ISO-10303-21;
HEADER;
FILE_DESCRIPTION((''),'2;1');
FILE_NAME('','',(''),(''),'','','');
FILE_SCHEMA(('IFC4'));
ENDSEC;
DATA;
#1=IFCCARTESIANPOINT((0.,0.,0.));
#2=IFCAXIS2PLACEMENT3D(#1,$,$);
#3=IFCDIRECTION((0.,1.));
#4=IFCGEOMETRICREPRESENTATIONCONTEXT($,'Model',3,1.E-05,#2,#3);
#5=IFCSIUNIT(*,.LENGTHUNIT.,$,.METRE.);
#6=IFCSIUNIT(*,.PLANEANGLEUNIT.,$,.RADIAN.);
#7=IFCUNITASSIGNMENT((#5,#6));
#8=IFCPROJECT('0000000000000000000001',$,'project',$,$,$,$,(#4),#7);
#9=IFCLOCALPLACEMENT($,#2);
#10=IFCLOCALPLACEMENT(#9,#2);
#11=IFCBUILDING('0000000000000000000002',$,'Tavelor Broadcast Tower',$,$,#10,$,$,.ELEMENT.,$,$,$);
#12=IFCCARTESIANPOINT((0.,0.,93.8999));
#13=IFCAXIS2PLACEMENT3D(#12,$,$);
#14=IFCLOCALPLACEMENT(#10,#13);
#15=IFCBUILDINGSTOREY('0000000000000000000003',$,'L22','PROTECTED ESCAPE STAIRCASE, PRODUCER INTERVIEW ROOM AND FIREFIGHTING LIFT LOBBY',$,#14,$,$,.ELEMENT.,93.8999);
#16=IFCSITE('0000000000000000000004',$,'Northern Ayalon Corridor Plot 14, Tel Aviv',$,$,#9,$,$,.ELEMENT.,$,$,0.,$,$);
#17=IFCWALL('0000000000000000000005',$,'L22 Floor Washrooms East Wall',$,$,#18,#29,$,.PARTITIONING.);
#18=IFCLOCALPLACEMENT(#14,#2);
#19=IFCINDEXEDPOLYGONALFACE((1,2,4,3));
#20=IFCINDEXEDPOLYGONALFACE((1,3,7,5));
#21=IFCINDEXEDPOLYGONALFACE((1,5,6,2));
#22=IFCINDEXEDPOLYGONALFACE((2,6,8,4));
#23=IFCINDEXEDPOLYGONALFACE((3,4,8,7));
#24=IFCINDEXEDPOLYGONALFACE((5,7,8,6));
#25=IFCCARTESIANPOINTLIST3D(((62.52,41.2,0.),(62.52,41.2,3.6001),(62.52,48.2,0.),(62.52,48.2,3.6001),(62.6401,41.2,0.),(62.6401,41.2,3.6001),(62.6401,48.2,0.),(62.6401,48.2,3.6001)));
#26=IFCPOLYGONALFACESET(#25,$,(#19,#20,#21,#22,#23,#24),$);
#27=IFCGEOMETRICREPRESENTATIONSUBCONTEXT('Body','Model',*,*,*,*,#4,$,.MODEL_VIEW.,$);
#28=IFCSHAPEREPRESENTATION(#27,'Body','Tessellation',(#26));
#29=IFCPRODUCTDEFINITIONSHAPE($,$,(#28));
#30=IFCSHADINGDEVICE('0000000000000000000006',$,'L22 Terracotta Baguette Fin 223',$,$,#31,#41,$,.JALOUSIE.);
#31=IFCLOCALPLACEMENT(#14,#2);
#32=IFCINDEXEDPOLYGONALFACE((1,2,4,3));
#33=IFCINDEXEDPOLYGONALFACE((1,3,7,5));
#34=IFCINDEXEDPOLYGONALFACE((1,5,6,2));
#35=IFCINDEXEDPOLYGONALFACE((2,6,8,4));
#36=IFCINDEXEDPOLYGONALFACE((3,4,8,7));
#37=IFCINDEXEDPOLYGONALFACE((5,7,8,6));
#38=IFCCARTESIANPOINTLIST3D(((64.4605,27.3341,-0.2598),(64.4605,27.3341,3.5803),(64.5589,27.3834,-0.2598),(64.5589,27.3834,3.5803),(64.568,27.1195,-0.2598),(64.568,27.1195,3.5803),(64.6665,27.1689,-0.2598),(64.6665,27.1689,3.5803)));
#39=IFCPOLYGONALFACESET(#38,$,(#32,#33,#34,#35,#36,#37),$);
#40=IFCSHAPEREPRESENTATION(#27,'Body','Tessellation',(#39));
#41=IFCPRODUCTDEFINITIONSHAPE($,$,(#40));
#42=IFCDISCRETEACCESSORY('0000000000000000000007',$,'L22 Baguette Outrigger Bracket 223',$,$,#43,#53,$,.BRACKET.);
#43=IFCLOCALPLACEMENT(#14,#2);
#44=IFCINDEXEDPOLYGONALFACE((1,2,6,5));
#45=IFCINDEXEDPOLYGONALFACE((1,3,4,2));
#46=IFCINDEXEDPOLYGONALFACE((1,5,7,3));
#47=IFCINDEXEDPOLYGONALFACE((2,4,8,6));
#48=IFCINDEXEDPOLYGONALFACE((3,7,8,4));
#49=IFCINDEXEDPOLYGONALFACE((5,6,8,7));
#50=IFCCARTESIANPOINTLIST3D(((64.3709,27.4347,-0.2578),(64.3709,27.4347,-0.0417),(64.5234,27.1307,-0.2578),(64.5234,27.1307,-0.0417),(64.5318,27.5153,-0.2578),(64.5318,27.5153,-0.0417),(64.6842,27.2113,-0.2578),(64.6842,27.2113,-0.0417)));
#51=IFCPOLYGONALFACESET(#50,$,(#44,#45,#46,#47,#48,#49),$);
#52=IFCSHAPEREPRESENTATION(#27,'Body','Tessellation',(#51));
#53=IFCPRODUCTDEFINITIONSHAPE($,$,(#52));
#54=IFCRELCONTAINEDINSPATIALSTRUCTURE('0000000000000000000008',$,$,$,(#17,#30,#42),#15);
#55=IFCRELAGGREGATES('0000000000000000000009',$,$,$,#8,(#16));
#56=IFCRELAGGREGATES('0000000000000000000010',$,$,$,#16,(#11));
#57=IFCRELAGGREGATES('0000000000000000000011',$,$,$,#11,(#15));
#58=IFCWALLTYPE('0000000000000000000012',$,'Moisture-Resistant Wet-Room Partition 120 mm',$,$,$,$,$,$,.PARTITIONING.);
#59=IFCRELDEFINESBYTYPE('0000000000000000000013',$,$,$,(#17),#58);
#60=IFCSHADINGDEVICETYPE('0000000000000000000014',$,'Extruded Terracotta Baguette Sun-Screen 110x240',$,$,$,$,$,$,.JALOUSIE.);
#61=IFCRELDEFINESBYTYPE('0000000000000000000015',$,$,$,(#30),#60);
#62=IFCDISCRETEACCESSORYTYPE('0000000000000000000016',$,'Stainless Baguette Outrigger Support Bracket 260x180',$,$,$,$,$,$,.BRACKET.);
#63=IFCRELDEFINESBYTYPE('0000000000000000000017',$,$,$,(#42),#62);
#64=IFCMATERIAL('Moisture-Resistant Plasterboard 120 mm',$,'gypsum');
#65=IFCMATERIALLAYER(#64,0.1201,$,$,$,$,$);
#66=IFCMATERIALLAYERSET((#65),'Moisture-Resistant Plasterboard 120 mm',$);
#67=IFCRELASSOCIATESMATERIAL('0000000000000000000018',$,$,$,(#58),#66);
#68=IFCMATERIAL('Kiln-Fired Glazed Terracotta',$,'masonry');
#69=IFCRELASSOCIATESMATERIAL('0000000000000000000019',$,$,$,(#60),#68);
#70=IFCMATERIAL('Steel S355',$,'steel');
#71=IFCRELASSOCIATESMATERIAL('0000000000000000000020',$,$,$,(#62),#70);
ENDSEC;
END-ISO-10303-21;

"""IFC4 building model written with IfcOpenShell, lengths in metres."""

from ifc_helpers import new_model, si_unit, direction, frame, frame_2d, origin, origin_2d, place, context, subcontext, project, spatial, rectangle, extrude, source, transform, mapped, material, layer, layer_set, type_object, type_shapes, element, save


model = new_model("IFC4")

# Units and contexts
model_context = context("Model", 3, precision=1e-05, world=origin(), true_north=direction((0.0, 1.0)))
body_context = subcontext(model_context, "Body", "Model", "MODEL_VIEW")
ifc_project = project(units=[si_unit("LENGTHUNIT", "METRE"), si_unit("PLANEANGLEUNIT", "RADIAN")], contexts=[model_context])

# Site, building, storey
site_placement = place(None, origin())
site = spatial("IfcSite", under=ifc_project, at=site_placement, Name="Northern Ayalon Corridor Plot 14, Tel Aviv", CompositionType="ELEMENT", RefElevation=0.0)
building_placement = place(site_placement, origin())
building = spatial("IfcBuilding", under=site, at=building_placement, Name="Tavelor Broadcast Tower", CompositionType="ELEMENT")
storey_placement = place(building_placement, frame((0.0, 0.0, 93.8999)))
storey = spatial("IfcBuildingStorey", under=building, at=storey_placement, Name="L22", Description="PROTECTED ESCAPE STAIRCASE, PRODUCER INTERVIEW ROOM AND FIREFIGHTING LIFT LOBBY", CompositionType="ELEMENT", Elevation=93.8999)

# Shared definitions
ifc_material_1 = material(Name="Steel S355", Category="steel")

# Shared definitions
ifc_material_2 = material(Name="Moisture-Resistant Plasterboard 120 mm", Category="gypsum")
ifc_layer_1 = layer(ifc_material_2, 0.1201)
ifc_layer_set_1 = layer_set([ifc_layer_1], Name="Moisture-Resistant Plasterboard 120 mm")
wall_type_1 = type_object("IfcWallType", Name="Moisture-Resistant Wet-Room Partition 120 mm", PredefinedType="PARTITIONING", material=ifc_layer_set_1)

# Wall
wall_1_placement = place(storey_placement, frame((62.5801, 41.2, 0.0), z_axis=(0.0, 0.0, 1.0), x_axis=(0.0, 1.0, 0.0)))
element("IfcWall", 1, at=wall_1_placement, inside=storey, type_object=wall_type_1, Name="L22 Floor Washrooms East Wall", PredefinedType="PARTITIONING", context=body_context, shape_type="SweptSolid", body=[
    extrude(rectangle(XDim=7.0, YDim=0.1201, at=frame_2d((3.5, 0.0))), origin(), (0.0, 0.0, 1.0), 3.6001),
])

# Shading device
ifc_material_3 = material(Name="Kiln-Fired Glazed Terracotta", Category="masonry")
shading_device_type = type_object("IfcShadingDeviceType", Name="Extruded Terracotta Baguette Sun-Screen 110x240", PredefinedType="JALOUSIE", material=ifc_material_3)
shared_shape_1 = source(origin(), body_context, "Body", "SweptSolid", [
    extrude(rectangle(XDim=0.1101, YDim=0.24, at=origin_2d()), origin(), (0.0, 0.0, 1.0), 3.8401),
])
type_shapes(shading_device_type, [shared_shape_1])
shading_device_placement = place(storey_placement, frame((64.5635, 27.2515, -0.2598), z_axis=(0.0, 0.0, 1.0), x_axis=(0.89392, 0.448227, 0.0)))
element("IfcShadingDevice", 2, at=shading_device_placement, inside=storey, type_object=shading_device_type, Name="L22 Terracotta Baguette Fin 223", PredefinedType="JALOUSIE", context=body_context, shape_type="MappedRepresentation", body=[
    mapped(shared_shape_1, transform((0.0, 0.0, 0.0), scale=1.0)),
])

# Discrete accessory
discrete_accessory_type = type_object("IfcDiscreteAccessoryType", Name="Stainless Baguette Outrigger Support Bracket 260x180", PredefinedType="BRACKET", material=ifc_material_1)
shared_shape_2 = source(origin(), body_context, "Body", "SweptSolid", [
    extrude(rectangle(XDim=0.1799, YDim=0.3401, at=origin_2d()), origin(), (0.0, 0.0, 1.0), 0.2161),
])
type_shapes(discrete_accessory_type, [shared_shape_2])
discrete_accessory_placement = place(storey_placement, frame((64.5276, 27.323, -0.2578), z_axis=(0.0, 0.0, 1.0), x_axis=(0.89392, 0.448227, 0.0)))
element("IfcDiscreteAccessory", 3, at=discrete_accessory_placement, inside=storey, type_object=discrete_accessory_type, Name="L22 Baguette Outrigger Bracket 223", PredefinedType="BRACKET", context=body_context, shape_type="MappedRepresentation", body=[
    mapped(shared_shape_2, transform((0.0, 0.0, 0.0), scale=1.0)),
])

save(model, "model.ifc")
